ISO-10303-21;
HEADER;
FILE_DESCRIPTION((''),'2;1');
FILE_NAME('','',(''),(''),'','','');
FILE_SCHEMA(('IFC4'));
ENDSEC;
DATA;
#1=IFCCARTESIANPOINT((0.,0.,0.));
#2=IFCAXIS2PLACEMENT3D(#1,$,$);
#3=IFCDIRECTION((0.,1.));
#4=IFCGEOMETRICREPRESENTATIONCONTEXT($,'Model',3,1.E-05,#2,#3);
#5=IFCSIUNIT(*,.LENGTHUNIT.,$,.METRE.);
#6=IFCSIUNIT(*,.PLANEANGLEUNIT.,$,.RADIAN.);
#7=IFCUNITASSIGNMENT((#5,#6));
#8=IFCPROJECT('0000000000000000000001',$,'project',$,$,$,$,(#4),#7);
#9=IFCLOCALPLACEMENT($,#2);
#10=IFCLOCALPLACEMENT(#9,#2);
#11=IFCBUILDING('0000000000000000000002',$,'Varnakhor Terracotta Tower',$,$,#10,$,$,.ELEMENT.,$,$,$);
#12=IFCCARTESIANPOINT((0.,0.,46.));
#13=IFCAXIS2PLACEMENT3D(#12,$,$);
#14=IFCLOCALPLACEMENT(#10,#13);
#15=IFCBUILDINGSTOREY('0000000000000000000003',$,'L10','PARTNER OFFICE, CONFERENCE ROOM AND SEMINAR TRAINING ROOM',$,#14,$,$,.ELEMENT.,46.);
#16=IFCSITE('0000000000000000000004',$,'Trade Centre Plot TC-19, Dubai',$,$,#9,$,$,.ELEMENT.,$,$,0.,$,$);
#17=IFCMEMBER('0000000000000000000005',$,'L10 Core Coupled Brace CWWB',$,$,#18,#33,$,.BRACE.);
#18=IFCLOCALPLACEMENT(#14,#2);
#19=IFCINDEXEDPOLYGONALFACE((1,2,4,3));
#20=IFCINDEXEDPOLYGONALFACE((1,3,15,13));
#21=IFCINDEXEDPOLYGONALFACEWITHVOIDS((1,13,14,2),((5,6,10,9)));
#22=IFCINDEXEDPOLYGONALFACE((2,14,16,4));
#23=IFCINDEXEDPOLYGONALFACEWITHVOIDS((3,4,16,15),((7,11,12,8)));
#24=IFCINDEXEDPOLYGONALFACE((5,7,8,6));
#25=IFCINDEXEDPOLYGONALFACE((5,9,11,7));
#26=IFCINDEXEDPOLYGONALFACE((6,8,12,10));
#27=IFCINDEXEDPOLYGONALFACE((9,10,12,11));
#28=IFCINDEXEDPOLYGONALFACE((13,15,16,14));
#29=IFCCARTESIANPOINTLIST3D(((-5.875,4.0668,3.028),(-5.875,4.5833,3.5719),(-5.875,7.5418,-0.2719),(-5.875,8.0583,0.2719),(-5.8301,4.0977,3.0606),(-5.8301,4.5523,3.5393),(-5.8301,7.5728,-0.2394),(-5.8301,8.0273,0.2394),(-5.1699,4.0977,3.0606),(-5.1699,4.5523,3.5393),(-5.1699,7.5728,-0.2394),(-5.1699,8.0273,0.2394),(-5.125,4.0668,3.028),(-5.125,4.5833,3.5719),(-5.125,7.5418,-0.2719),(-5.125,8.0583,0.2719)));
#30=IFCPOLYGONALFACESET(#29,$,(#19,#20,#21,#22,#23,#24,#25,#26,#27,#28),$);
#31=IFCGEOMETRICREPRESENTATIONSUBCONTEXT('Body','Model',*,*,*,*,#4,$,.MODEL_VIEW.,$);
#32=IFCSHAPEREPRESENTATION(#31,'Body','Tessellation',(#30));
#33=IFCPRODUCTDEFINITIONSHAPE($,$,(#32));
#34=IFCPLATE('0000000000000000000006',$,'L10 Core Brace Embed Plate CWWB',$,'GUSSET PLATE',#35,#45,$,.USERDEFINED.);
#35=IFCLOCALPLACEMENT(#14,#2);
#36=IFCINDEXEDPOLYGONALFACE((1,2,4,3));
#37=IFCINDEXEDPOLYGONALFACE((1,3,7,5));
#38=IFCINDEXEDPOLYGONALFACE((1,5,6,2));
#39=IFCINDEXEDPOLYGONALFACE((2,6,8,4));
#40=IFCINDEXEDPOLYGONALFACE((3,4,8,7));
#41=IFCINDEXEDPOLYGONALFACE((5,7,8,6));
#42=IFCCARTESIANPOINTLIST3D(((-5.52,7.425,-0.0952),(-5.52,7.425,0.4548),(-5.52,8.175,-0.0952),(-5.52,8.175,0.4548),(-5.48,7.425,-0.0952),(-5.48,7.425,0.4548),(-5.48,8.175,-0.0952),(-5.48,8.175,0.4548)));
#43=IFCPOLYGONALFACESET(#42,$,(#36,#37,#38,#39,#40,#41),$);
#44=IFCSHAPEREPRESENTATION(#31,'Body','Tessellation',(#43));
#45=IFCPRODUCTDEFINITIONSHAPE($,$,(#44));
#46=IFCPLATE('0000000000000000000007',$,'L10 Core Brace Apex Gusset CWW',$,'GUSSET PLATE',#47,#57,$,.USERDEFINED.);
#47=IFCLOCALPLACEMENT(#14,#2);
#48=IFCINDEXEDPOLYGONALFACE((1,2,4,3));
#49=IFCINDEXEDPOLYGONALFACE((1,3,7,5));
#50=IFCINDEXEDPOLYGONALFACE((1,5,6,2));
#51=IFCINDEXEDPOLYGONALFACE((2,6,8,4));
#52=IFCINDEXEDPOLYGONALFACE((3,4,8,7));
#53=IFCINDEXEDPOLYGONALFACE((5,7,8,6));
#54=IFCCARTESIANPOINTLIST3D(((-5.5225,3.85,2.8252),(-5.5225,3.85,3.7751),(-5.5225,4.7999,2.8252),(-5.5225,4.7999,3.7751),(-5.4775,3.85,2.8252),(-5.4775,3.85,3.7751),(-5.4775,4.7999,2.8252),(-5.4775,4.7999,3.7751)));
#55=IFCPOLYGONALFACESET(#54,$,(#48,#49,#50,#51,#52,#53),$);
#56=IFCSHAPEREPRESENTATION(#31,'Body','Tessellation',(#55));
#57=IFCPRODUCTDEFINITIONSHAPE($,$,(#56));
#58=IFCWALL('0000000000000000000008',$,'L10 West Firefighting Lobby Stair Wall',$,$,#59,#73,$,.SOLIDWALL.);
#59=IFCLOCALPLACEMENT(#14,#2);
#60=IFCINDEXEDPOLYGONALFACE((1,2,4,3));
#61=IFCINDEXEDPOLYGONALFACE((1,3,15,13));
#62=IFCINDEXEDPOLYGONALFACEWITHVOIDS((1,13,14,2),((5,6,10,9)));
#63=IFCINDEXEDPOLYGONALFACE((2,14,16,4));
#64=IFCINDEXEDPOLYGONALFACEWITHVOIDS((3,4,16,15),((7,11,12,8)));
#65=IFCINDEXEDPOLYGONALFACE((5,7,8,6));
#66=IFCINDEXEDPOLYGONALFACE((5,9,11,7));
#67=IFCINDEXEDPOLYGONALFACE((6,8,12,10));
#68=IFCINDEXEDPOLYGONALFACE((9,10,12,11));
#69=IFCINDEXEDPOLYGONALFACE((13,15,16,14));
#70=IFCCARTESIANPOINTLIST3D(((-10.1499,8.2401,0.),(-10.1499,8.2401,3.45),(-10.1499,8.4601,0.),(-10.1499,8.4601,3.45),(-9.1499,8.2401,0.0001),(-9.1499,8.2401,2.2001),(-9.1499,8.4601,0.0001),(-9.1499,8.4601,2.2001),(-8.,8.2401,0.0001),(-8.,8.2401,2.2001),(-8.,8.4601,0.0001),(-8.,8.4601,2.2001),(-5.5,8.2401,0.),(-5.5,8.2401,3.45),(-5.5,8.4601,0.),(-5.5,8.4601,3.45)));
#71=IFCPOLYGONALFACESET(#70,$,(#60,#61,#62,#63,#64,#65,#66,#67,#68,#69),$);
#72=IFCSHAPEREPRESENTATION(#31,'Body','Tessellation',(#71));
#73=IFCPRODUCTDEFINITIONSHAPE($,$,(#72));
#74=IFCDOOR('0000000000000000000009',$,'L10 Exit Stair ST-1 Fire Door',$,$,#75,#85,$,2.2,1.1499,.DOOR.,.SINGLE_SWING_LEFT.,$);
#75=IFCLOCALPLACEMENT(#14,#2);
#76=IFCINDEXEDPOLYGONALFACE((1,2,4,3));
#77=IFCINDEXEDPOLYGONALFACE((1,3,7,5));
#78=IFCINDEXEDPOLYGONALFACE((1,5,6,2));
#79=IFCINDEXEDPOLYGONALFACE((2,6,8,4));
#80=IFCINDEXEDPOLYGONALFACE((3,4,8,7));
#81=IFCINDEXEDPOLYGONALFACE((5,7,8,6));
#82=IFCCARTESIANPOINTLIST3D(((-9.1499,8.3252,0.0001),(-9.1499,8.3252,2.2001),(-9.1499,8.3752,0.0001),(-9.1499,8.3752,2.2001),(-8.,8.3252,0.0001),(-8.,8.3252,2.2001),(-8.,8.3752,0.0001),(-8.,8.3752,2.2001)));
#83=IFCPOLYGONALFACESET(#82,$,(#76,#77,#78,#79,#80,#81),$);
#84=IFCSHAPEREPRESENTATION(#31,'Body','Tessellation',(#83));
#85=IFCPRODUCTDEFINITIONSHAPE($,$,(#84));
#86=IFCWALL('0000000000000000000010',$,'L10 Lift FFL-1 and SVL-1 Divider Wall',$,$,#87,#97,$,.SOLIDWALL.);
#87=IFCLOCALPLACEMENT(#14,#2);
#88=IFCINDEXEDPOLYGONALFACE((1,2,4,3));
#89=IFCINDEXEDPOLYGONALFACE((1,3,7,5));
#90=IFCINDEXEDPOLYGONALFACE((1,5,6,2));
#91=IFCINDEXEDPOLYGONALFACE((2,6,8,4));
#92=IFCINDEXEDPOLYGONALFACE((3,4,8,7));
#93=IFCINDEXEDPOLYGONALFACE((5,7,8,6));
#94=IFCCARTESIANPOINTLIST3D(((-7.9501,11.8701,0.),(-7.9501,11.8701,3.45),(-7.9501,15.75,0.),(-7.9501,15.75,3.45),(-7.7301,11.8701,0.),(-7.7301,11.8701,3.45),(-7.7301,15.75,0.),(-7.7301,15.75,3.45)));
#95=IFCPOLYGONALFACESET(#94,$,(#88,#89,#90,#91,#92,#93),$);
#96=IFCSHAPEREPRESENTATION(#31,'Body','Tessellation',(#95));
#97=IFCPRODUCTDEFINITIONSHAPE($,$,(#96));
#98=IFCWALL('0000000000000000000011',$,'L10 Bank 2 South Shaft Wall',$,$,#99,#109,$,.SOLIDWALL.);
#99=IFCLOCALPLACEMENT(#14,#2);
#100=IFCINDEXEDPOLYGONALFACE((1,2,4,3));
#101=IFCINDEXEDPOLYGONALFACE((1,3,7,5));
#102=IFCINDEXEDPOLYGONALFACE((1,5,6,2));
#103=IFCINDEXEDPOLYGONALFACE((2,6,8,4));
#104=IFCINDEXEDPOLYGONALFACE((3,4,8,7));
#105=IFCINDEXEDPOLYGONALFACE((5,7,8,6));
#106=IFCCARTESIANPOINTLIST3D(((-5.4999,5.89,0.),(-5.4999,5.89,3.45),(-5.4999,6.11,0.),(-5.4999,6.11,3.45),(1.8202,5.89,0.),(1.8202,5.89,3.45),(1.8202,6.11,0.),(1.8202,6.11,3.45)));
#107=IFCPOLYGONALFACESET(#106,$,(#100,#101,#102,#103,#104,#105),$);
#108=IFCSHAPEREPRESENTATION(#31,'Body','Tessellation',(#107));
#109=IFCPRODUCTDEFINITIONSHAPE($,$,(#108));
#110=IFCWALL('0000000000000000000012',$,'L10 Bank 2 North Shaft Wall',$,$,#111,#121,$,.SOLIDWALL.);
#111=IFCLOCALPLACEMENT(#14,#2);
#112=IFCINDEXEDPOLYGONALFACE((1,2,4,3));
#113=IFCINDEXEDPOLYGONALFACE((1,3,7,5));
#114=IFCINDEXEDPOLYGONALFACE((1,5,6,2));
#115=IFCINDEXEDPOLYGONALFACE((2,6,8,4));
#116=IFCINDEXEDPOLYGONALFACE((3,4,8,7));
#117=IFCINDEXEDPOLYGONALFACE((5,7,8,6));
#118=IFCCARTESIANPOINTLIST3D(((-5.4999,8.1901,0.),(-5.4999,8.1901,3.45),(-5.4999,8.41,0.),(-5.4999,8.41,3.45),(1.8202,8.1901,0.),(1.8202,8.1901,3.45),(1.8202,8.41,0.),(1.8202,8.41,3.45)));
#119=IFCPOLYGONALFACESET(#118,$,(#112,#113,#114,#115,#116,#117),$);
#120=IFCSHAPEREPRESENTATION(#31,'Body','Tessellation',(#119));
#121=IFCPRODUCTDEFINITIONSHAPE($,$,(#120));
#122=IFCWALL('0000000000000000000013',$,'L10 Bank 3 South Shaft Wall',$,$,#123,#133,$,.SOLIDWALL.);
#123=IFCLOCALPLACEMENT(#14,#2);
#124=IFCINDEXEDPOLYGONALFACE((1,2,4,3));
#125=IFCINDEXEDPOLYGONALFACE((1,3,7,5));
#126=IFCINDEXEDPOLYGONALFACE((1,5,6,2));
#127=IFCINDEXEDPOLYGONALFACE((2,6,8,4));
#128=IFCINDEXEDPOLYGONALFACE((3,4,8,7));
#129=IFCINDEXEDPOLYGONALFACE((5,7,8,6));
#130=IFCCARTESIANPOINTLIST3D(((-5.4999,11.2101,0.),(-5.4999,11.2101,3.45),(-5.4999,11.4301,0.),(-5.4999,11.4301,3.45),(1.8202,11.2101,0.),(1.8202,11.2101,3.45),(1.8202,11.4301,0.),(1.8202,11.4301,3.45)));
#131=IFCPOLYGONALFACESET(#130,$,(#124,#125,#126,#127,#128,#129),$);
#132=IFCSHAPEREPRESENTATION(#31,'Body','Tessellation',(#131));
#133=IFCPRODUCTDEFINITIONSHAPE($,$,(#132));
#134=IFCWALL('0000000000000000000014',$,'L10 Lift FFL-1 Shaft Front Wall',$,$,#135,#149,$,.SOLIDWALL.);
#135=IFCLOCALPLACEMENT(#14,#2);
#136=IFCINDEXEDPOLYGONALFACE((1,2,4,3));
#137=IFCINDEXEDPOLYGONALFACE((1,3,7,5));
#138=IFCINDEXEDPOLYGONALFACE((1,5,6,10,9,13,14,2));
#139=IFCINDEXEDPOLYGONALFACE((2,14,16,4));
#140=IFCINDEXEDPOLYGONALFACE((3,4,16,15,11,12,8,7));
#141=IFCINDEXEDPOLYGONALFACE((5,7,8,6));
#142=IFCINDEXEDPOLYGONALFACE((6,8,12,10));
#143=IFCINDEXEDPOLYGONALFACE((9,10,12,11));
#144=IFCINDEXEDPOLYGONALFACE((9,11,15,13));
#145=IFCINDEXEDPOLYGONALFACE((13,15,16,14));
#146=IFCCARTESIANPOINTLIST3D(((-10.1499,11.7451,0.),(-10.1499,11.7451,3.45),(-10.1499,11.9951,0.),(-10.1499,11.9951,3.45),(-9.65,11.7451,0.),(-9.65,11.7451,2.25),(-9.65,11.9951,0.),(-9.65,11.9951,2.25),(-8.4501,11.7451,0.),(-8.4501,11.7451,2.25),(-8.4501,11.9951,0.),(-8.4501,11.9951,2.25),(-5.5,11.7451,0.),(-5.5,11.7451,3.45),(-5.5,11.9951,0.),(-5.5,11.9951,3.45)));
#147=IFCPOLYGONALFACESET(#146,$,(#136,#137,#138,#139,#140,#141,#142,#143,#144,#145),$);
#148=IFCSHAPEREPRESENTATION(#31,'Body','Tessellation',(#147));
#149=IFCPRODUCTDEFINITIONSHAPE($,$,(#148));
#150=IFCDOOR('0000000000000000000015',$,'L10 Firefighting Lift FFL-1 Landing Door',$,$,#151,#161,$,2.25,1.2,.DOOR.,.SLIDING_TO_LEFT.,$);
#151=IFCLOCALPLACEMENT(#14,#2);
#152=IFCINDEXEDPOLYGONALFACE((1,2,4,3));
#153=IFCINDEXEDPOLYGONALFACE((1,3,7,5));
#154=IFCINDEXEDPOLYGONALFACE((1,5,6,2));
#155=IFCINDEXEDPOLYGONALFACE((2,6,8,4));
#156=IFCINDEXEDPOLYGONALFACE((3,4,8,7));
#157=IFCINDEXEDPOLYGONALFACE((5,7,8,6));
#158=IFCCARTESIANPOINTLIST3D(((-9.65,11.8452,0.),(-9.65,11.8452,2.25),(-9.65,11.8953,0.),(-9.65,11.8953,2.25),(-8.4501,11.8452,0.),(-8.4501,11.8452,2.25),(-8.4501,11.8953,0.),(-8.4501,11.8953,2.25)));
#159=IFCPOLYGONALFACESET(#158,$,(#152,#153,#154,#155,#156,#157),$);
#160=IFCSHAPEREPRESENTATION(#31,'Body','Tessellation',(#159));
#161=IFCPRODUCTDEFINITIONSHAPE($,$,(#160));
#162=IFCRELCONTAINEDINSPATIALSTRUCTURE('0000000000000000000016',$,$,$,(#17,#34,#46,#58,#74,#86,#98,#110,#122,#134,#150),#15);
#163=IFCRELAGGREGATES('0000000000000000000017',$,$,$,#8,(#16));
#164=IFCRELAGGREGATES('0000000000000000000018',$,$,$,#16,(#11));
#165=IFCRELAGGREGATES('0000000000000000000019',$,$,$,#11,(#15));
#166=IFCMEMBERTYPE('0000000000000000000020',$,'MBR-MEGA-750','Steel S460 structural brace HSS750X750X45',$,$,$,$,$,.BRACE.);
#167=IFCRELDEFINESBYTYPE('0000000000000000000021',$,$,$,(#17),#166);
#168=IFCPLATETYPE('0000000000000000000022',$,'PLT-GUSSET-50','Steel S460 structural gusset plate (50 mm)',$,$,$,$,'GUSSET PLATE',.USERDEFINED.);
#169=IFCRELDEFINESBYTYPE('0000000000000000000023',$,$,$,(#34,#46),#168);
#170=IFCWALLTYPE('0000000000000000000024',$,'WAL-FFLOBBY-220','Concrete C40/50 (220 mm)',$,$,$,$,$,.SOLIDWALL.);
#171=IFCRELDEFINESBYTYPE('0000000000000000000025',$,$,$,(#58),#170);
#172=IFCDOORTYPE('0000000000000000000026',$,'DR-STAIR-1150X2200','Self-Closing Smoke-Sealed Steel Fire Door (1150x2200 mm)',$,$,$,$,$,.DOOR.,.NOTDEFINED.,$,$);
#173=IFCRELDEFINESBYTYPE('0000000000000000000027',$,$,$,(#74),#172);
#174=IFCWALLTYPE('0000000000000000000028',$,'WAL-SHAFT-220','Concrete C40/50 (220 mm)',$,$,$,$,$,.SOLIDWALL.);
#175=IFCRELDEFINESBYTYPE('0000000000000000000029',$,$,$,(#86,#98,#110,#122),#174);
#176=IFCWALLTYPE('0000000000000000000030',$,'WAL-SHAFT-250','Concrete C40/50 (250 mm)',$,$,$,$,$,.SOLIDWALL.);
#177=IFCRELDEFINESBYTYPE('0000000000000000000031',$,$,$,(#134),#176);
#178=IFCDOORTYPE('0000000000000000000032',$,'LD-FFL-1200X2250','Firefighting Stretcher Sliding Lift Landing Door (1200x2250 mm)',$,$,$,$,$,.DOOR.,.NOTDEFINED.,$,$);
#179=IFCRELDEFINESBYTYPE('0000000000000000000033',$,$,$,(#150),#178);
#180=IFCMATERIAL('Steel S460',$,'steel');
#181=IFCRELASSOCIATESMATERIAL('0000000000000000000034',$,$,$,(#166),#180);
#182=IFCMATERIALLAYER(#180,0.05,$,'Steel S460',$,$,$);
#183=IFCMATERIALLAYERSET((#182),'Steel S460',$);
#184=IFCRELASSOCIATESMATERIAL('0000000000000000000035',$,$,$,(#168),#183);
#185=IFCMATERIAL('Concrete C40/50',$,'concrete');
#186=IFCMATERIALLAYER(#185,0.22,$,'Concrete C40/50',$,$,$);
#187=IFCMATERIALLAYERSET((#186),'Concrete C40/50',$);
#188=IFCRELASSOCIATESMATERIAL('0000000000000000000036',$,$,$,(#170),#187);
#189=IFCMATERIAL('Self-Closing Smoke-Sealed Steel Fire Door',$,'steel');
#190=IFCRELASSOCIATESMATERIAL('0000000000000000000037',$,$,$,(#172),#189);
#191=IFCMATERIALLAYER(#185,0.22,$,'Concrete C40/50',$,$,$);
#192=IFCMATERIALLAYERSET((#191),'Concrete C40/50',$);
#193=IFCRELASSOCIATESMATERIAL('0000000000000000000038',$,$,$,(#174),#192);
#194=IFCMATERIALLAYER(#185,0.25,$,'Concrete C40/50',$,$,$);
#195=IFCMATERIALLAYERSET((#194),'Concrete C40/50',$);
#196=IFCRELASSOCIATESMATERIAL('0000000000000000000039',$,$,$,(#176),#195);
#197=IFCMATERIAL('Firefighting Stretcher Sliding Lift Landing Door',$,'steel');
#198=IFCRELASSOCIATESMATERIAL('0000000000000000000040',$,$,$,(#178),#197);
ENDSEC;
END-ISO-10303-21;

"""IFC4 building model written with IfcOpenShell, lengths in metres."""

from ifc_helpers import new_model, si_unit, direction, frame, frame_2d, origin, origin_2d, place, context, subcontext, project, spatial, rectangle, hollow_rectangle, extrude, source, transform, mapped, material, layer, layer_set, material_profile, profile_set, type_object, type_shapes, element, fill, save


model = new_model("IFC4")

# Units and contexts
model_context = context("Model", 3, precision=1e-05, world=origin(), true_north=direction((0.0, 1.0)))
body_context = subcontext(model_context, "Body", "Model", "MODEL_VIEW")
ifc_project = project(units=[si_unit("LENGTHUNIT", "METRE"), si_unit("PLANEANGLEUNIT", "RADIAN")], contexts=[model_context])

# Site, building, storey
site_placement = place(None, origin())
site = spatial("IfcSite", under=ifc_project, at=site_placement, Name="Trade Centre Plot TC-19, Dubai", CompositionType="ELEMENT", RefElevation=0.0)
building_placement = place(site_placement, origin())
building = spatial("IfcBuilding", under=site, at=building_placement, Name="Varnakhor Terracotta Tower", CompositionType="ELEMENT")
storey_placement = place(building_placement, frame((0.0, 0.0, 46.0)))
storey = spatial("IfcBuildingStorey", under=building, at=storey_placement, Name="L10", Description="PARTNER OFFICE, CONFERENCE ROOM AND SEMINAR TRAINING ROOM", CompositionType="ELEMENT", Elevation=46.0)

# Member
ifc_material_1 = material(Name="Steel S460", Category="steel")
ifc_material_profile = material_profile(ifc_material_1, hollow_rectangle(XDim=0.75, YDim=0.75, WallThickness=0.0449, at=origin_2d()), Name="HSS750X750X45")
ifc_profile_set = profile_set([ifc_material_profile], Name="Steel S460")
member_type = type_object("IfcMemberType", Name="MBR-MEGA-750", Description="Steel S460 structural brace HSS750X750X45", PredefinedType="BRACE", material=ifc_profile_set)
shared_shape_1 = source(origin(), body_context, "Body", "SweptSolid", [
    extrude(hollow_rectangle(XDim=0.75, YDim=0.75, WallThickness=0.0449, at=origin_2d()), origin(), (0.0, 0.0, 1.0), 4.7922),
])
member_placement = place(storey_placement, frame((-5.5, 7.8, 0.0), z_axis=(0.0, -0.725134, 0.688608), x_axis=(1.0, 0.0, 0.0)))
element("IfcMember", 1, at=member_placement, inside=storey, type_object=member_type, Name="L10 Core Coupled Brace CWWB", PredefinedType="BRACE", context=body_context, shape_type="MappedRepresentation", body=[
    mapped(shared_shape_1, transform((0.0, 0.0, 0.0), scale=1.0)),
])

# Plates
ifc_layer_1 = layer(ifc_material_1, 0.05, Name="Steel S460")
ifc_layer_set_1 = layer_set([ifc_layer_1], Name="Steel S460")
plate_type = type_object("IfcPlateType", Name="PLT-GUSSET-50", Description="Steel S460 structural gusset plate (50 mm)", ElementType="GUSSET PLATE", PredefinedType="USERDEFINED", material=ifc_layer_set_1)
shared_shape_2 = source(origin(), body_context, "Body", "SweptSolid", [
    extrude(rectangle(XDim=0.75, YDim=0.04, at=origin_2d()), origin(), (0.0, 0.0, 1.0), 0.55),
])
type_shapes(plate_type, [shared_shape_2])
plate_1_placement = place(storey_placement, frame((-5.5, 7.8, -0.0952), z_axis=(0.0, 0.0, 1.0), x_axis=(0.0, 1.0, 0.0)))
element("IfcPlate", 2, at=plate_1_placement, inside=storey, type_object=plate_type, Name="L10 Core Brace Embed Plate CWWB", ObjectType="GUSSET PLATE", PredefinedType="USERDEFINED", context=body_context, shape_type="MappedRepresentation", body=[
    mapped(shared_shape_2, transform((0.0, 0.0, 0.0), scale=1.0)),
])
shared_shape_3 = source(origin(), body_context, "Body", "SweptSolid", [
    extrude(rectangle(XDim=0.95, YDim=0.0449, at=origin_2d()), origin(), (0.0, 0.0, 1.0), 0.95),
])
plate_2_placement = place(storey_placement, frame((-5.5, 4.325, 2.8252), z_axis=(0.0, 0.0, 1.0), x_axis=(0.0, 1.0, 0.0)))
element("IfcPlate", 3, at=plate_2_placement, inside=storey, type_object=plate_type, Name="L10 Core Brace Apex Gusset CWW", ObjectType="GUSSET PLATE", PredefinedType="USERDEFINED", context=body_context, shape_type="MappedRepresentation", body=[
    mapped(shared_shape_3, transform((0.0, 0.0, 0.0), scale=1.0)),
])

# Wall, opening, door
ifc_material_2 = material(Name="Concrete C40/50", Category="concrete")
ifc_layer_2 = layer(ifc_material_2, 0.22, Name="Concrete C40/50")
ifc_layer_set_2 = layer_set([ifc_layer_2], Name="Concrete C40/50")
wall_type_1 = type_object("IfcWallType", Name="WAL-FFLOBBY-220", Description="Concrete C40/50 (220 mm)", PredefinedType="SOLIDWALL", material=ifc_layer_set_2)
wall_1_placement = place(storey_placement, frame((-5.5, 8.3501, 0.0), z_axis=(0.0, 0.0, 1.0), x_axis=(-1.0, 0.0, 0.0)))
wall_1 = element("IfcWall", 4, at=wall_1_placement, inside=storey, type_object=wall_type_1, Name="L10 West Firefighting Lobby Stair Wall", PredefinedType="SOLIDWALL", context=body_context, shape_type="SweptSolid", body=[
    extrude(rectangle(XDim=4.6499, YDim=0.22, at=frame_2d((2.325, 0.0))), origin(), (0.0, 0.0, 1.0), 3.45),
])
opening_1_placement = place(wall_1_placement, frame((2.5, 0.0, 0.0)))
opening_1 = element("IfcOpeningElement", 5, at=opening_1_placement, cuts=wall_1, PredefinedType="OPENING", context=body_context, shape_type="SweptSolid", body=[
    extrude(rectangle(XDim=1.1499, YDim=2.2, at=frame_2d((0.575, 1.1001))), frame((0.0, 0.1201, 0.0), z_axis=(0.0, -1.0, 0.0), x_axis=(1.0, 0.0, 0.0)), (0.0, 0.0, 1.0), 0.24),
])
ifc_material_3 = material(Name="Self-Closing Smoke-Sealed Steel Fire Door", Category="steel")
door_type_1 = type_object("IfcDoorType", Name="DR-STAIR-1150X2200", Description="Self-Closing Smoke-Sealed Steel Fire Door (1150x2200 mm)", OperationType="NOTDEFINED", PredefinedType="DOOR", material=ifc_material_3)
shared_shape_4 = source(origin(), body_context, "Body", "SweptSolid", [
    extrude(rectangle(XDim=1.1499, YDim=2.2, at=frame_2d((0.575, 1.1001))), frame((0.0, 0.0249, 0.0), z_axis=(0.0, -1.0, 0.0), x_axis=(1.0, 0.0, 0.0)), (0.0, 0.0, 1.0), 0.05),
])
type_shapes(door_type_1, [shared_shape_4])
door_1_placement = place(opening_1_placement, origin())
door_1 = element("IfcDoor", 6, at=door_1_placement, inside=storey, type_object=door_type_1, Name="L10 Exit Stair ST-1 Fire Door", OperationType="SINGLE_SWING_LEFT", OverallHeight=2.2, OverallWidth=1.1499, PredefinedType="DOOR", context=body_context, shape_type="MappedRepresentation", body=[
    mapped(shared_shape_4, transform((0.0, 0.0, 0.0), scale=1.0)),
])
fill(opening_1, door_1)

# Walls
ifc_layer_3 = layer(ifc_material_2, 0.22, Name="Concrete C40/50")
ifc_layer_set_3 = layer_set([ifc_layer_3], Name="Concrete C40/50")
wall_type_2 = type_object("IfcWallType", Name="WAL-SHAFT-220", Description="Concrete C40/50 (220 mm)", PredefinedType="SOLIDWALL", material=ifc_layer_set_3)
wall_2_placement = place(storey_placement, frame((-7.8401, 11.8701, 0.0), z_axis=(0.0, 0.0, 1.0), x_axis=(0.0, 1.0, 0.0)))
element("IfcWall", 7, at=wall_2_placement, inside=storey, type_object=wall_type_2, Name="L10 Lift FFL-1 and SVL-1 Divider Wall", PredefinedType="SOLIDWALL", context=body_context, shape_type="SweptSolid", body=[
    extrude(rectangle(XDim=3.8799, YDim=0.22, at=frame_2d((1.9399, 0.0))), origin(), (0.0, 0.0, 1.0), 3.45),
])
for number, where, z_axis, x_axis, name in (
    (8, (-5.5, 6.0, 0.0), (0.0, 0.0, 1.0), (1.0, 0.0, 0.0), "L10 Bank 2 South Shaft Wall"),
    (9, (-5.5, 8.3, 0.0), (0.0, 0.0, 1.0), (1.0, 0.0, 0.0), "L10 Bank 2 North Shaft Wall"),
    (10, (-5.5, 11.3201, 0.0), (0.0, 0.0, 1.0), (1.0, 0.0, 0.0), "L10 Bank 3 South Shaft Wall"),
):
    element("IfcWall", number, at=place(storey_placement, frame(where, z_axis=z_axis, x_axis=x_axis)), inside=storey, type_object=wall_type_2, Name=name, PredefinedType="SOLIDWALL", context=body_context, shape_type="SweptSolid", body=[
        extrude(rectangle(XDim=7.3201, YDim=0.22, at=frame_2d((3.6602, 0.0))), origin(), (0.0, 0.0, 1.0), 3.45),
    ])

# Wall, opening, door
ifc_layer_4 = layer(ifc_material_2, 0.25, Name="Concrete C40/50")
ifc_layer_set_4 = layer_set([ifc_layer_4], Name="Concrete C40/50")
wall_type_3 = type_object("IfcWallType", Name="WAL-SHAFT-250", Description="Concrete C40/50 (250 mm)", PredefinedType="SOLIDWALL", material=ifc_layer_set_4)
wall_3_placement = place(storey_placement, frame((-5.5, 11.8701, 0.0), z_axis=(0.0, 0.0, 1.0), x_axis=(-1.0, 0.0, 0.0)))
wall_3 = element("IfcWall", 11, at=wall_3_placement, inside=storey, type_object=wall_type_3, Name="L10 Lift FFL-1 Shaft Front Wall", PredefinedType="SOLIDWALL", context=body_context, shape_type="SweptSolid", body=[
    extrude(rectangle(XDim=4.6499, YDim=0.25, at=frame_2d((2.325, 0.0))), origin(), (0.0, 0.0, 1.0), 3.45),
])
opening_2_placement = place(wall_3_placement, frame((2.95, 0.0, 0.0)))
opening_2 = element("IfcOpeningElement", 12, at=opening_2_placement, cuts=wall_3, PredefinedType="OPENING", context=body_context, shape_type="SweptSolid", body=[
    extrude(rectangle(XDim=1.2, YDim=2.25, at=frame_2d((0.6001, 1.125))), frame((0.0, 0.135, 0.0), z_axis=(0.0, -1.0, 0.0), x_axis=(1.0, 0.0, 0.0)), (0.0, 0.0, 1.0), 0.27),
])
ifc_material_4 = material(Name="Firefighting Stretcher Sliding Lift Landing Door", Category="steel")
door_type_2 = type_object("IfcDoorType", Name="LD-FFL-1200X2250", Description="Firefighting Stretcher Sliding Lift Landing Door (1200x2250 mm)", OperationType="NOTDEFINED", PredefinedType="DOOR", material=ifc_material_4)
shared_shape_5 = source(origin(), body_context, "Body", "SweptSolid", [
    extrude(rectangle(XDim=1.2, YDim=2.25, at=frame_2d((0.6001, 1.125))), frame((0.0, 0.0249, 0.0), z_axis=(0.0, -1.0, 0.0), x_axis=(1.0, 0.0, 0.0)), (0.0, 0.0, 1.0), 0.05),
])
type_shapes(door_type_2, [shared_shape_5])
door_2_placement = place(opening_2_placement, origin())
door_2 = element("IfcDoor", 13, at=door_2_placement, inside=storey, type_object=door_type_2, Name="L10 Firefighting Lift FFL-1 Landing Door", OperationType="SLIDING_TO_LEFT", OverallHeight=2.25, OverallWidth=1.2, PredefinedType="DOOR", context=body_context, shape_type="MappedRepresentation", body=[
    mapped(shared_shape_5, transform((0.0, 0.0, 0.0), scale=1.0)),
])
fill(opening_2, door_2)

save(model, "model.ifc")
